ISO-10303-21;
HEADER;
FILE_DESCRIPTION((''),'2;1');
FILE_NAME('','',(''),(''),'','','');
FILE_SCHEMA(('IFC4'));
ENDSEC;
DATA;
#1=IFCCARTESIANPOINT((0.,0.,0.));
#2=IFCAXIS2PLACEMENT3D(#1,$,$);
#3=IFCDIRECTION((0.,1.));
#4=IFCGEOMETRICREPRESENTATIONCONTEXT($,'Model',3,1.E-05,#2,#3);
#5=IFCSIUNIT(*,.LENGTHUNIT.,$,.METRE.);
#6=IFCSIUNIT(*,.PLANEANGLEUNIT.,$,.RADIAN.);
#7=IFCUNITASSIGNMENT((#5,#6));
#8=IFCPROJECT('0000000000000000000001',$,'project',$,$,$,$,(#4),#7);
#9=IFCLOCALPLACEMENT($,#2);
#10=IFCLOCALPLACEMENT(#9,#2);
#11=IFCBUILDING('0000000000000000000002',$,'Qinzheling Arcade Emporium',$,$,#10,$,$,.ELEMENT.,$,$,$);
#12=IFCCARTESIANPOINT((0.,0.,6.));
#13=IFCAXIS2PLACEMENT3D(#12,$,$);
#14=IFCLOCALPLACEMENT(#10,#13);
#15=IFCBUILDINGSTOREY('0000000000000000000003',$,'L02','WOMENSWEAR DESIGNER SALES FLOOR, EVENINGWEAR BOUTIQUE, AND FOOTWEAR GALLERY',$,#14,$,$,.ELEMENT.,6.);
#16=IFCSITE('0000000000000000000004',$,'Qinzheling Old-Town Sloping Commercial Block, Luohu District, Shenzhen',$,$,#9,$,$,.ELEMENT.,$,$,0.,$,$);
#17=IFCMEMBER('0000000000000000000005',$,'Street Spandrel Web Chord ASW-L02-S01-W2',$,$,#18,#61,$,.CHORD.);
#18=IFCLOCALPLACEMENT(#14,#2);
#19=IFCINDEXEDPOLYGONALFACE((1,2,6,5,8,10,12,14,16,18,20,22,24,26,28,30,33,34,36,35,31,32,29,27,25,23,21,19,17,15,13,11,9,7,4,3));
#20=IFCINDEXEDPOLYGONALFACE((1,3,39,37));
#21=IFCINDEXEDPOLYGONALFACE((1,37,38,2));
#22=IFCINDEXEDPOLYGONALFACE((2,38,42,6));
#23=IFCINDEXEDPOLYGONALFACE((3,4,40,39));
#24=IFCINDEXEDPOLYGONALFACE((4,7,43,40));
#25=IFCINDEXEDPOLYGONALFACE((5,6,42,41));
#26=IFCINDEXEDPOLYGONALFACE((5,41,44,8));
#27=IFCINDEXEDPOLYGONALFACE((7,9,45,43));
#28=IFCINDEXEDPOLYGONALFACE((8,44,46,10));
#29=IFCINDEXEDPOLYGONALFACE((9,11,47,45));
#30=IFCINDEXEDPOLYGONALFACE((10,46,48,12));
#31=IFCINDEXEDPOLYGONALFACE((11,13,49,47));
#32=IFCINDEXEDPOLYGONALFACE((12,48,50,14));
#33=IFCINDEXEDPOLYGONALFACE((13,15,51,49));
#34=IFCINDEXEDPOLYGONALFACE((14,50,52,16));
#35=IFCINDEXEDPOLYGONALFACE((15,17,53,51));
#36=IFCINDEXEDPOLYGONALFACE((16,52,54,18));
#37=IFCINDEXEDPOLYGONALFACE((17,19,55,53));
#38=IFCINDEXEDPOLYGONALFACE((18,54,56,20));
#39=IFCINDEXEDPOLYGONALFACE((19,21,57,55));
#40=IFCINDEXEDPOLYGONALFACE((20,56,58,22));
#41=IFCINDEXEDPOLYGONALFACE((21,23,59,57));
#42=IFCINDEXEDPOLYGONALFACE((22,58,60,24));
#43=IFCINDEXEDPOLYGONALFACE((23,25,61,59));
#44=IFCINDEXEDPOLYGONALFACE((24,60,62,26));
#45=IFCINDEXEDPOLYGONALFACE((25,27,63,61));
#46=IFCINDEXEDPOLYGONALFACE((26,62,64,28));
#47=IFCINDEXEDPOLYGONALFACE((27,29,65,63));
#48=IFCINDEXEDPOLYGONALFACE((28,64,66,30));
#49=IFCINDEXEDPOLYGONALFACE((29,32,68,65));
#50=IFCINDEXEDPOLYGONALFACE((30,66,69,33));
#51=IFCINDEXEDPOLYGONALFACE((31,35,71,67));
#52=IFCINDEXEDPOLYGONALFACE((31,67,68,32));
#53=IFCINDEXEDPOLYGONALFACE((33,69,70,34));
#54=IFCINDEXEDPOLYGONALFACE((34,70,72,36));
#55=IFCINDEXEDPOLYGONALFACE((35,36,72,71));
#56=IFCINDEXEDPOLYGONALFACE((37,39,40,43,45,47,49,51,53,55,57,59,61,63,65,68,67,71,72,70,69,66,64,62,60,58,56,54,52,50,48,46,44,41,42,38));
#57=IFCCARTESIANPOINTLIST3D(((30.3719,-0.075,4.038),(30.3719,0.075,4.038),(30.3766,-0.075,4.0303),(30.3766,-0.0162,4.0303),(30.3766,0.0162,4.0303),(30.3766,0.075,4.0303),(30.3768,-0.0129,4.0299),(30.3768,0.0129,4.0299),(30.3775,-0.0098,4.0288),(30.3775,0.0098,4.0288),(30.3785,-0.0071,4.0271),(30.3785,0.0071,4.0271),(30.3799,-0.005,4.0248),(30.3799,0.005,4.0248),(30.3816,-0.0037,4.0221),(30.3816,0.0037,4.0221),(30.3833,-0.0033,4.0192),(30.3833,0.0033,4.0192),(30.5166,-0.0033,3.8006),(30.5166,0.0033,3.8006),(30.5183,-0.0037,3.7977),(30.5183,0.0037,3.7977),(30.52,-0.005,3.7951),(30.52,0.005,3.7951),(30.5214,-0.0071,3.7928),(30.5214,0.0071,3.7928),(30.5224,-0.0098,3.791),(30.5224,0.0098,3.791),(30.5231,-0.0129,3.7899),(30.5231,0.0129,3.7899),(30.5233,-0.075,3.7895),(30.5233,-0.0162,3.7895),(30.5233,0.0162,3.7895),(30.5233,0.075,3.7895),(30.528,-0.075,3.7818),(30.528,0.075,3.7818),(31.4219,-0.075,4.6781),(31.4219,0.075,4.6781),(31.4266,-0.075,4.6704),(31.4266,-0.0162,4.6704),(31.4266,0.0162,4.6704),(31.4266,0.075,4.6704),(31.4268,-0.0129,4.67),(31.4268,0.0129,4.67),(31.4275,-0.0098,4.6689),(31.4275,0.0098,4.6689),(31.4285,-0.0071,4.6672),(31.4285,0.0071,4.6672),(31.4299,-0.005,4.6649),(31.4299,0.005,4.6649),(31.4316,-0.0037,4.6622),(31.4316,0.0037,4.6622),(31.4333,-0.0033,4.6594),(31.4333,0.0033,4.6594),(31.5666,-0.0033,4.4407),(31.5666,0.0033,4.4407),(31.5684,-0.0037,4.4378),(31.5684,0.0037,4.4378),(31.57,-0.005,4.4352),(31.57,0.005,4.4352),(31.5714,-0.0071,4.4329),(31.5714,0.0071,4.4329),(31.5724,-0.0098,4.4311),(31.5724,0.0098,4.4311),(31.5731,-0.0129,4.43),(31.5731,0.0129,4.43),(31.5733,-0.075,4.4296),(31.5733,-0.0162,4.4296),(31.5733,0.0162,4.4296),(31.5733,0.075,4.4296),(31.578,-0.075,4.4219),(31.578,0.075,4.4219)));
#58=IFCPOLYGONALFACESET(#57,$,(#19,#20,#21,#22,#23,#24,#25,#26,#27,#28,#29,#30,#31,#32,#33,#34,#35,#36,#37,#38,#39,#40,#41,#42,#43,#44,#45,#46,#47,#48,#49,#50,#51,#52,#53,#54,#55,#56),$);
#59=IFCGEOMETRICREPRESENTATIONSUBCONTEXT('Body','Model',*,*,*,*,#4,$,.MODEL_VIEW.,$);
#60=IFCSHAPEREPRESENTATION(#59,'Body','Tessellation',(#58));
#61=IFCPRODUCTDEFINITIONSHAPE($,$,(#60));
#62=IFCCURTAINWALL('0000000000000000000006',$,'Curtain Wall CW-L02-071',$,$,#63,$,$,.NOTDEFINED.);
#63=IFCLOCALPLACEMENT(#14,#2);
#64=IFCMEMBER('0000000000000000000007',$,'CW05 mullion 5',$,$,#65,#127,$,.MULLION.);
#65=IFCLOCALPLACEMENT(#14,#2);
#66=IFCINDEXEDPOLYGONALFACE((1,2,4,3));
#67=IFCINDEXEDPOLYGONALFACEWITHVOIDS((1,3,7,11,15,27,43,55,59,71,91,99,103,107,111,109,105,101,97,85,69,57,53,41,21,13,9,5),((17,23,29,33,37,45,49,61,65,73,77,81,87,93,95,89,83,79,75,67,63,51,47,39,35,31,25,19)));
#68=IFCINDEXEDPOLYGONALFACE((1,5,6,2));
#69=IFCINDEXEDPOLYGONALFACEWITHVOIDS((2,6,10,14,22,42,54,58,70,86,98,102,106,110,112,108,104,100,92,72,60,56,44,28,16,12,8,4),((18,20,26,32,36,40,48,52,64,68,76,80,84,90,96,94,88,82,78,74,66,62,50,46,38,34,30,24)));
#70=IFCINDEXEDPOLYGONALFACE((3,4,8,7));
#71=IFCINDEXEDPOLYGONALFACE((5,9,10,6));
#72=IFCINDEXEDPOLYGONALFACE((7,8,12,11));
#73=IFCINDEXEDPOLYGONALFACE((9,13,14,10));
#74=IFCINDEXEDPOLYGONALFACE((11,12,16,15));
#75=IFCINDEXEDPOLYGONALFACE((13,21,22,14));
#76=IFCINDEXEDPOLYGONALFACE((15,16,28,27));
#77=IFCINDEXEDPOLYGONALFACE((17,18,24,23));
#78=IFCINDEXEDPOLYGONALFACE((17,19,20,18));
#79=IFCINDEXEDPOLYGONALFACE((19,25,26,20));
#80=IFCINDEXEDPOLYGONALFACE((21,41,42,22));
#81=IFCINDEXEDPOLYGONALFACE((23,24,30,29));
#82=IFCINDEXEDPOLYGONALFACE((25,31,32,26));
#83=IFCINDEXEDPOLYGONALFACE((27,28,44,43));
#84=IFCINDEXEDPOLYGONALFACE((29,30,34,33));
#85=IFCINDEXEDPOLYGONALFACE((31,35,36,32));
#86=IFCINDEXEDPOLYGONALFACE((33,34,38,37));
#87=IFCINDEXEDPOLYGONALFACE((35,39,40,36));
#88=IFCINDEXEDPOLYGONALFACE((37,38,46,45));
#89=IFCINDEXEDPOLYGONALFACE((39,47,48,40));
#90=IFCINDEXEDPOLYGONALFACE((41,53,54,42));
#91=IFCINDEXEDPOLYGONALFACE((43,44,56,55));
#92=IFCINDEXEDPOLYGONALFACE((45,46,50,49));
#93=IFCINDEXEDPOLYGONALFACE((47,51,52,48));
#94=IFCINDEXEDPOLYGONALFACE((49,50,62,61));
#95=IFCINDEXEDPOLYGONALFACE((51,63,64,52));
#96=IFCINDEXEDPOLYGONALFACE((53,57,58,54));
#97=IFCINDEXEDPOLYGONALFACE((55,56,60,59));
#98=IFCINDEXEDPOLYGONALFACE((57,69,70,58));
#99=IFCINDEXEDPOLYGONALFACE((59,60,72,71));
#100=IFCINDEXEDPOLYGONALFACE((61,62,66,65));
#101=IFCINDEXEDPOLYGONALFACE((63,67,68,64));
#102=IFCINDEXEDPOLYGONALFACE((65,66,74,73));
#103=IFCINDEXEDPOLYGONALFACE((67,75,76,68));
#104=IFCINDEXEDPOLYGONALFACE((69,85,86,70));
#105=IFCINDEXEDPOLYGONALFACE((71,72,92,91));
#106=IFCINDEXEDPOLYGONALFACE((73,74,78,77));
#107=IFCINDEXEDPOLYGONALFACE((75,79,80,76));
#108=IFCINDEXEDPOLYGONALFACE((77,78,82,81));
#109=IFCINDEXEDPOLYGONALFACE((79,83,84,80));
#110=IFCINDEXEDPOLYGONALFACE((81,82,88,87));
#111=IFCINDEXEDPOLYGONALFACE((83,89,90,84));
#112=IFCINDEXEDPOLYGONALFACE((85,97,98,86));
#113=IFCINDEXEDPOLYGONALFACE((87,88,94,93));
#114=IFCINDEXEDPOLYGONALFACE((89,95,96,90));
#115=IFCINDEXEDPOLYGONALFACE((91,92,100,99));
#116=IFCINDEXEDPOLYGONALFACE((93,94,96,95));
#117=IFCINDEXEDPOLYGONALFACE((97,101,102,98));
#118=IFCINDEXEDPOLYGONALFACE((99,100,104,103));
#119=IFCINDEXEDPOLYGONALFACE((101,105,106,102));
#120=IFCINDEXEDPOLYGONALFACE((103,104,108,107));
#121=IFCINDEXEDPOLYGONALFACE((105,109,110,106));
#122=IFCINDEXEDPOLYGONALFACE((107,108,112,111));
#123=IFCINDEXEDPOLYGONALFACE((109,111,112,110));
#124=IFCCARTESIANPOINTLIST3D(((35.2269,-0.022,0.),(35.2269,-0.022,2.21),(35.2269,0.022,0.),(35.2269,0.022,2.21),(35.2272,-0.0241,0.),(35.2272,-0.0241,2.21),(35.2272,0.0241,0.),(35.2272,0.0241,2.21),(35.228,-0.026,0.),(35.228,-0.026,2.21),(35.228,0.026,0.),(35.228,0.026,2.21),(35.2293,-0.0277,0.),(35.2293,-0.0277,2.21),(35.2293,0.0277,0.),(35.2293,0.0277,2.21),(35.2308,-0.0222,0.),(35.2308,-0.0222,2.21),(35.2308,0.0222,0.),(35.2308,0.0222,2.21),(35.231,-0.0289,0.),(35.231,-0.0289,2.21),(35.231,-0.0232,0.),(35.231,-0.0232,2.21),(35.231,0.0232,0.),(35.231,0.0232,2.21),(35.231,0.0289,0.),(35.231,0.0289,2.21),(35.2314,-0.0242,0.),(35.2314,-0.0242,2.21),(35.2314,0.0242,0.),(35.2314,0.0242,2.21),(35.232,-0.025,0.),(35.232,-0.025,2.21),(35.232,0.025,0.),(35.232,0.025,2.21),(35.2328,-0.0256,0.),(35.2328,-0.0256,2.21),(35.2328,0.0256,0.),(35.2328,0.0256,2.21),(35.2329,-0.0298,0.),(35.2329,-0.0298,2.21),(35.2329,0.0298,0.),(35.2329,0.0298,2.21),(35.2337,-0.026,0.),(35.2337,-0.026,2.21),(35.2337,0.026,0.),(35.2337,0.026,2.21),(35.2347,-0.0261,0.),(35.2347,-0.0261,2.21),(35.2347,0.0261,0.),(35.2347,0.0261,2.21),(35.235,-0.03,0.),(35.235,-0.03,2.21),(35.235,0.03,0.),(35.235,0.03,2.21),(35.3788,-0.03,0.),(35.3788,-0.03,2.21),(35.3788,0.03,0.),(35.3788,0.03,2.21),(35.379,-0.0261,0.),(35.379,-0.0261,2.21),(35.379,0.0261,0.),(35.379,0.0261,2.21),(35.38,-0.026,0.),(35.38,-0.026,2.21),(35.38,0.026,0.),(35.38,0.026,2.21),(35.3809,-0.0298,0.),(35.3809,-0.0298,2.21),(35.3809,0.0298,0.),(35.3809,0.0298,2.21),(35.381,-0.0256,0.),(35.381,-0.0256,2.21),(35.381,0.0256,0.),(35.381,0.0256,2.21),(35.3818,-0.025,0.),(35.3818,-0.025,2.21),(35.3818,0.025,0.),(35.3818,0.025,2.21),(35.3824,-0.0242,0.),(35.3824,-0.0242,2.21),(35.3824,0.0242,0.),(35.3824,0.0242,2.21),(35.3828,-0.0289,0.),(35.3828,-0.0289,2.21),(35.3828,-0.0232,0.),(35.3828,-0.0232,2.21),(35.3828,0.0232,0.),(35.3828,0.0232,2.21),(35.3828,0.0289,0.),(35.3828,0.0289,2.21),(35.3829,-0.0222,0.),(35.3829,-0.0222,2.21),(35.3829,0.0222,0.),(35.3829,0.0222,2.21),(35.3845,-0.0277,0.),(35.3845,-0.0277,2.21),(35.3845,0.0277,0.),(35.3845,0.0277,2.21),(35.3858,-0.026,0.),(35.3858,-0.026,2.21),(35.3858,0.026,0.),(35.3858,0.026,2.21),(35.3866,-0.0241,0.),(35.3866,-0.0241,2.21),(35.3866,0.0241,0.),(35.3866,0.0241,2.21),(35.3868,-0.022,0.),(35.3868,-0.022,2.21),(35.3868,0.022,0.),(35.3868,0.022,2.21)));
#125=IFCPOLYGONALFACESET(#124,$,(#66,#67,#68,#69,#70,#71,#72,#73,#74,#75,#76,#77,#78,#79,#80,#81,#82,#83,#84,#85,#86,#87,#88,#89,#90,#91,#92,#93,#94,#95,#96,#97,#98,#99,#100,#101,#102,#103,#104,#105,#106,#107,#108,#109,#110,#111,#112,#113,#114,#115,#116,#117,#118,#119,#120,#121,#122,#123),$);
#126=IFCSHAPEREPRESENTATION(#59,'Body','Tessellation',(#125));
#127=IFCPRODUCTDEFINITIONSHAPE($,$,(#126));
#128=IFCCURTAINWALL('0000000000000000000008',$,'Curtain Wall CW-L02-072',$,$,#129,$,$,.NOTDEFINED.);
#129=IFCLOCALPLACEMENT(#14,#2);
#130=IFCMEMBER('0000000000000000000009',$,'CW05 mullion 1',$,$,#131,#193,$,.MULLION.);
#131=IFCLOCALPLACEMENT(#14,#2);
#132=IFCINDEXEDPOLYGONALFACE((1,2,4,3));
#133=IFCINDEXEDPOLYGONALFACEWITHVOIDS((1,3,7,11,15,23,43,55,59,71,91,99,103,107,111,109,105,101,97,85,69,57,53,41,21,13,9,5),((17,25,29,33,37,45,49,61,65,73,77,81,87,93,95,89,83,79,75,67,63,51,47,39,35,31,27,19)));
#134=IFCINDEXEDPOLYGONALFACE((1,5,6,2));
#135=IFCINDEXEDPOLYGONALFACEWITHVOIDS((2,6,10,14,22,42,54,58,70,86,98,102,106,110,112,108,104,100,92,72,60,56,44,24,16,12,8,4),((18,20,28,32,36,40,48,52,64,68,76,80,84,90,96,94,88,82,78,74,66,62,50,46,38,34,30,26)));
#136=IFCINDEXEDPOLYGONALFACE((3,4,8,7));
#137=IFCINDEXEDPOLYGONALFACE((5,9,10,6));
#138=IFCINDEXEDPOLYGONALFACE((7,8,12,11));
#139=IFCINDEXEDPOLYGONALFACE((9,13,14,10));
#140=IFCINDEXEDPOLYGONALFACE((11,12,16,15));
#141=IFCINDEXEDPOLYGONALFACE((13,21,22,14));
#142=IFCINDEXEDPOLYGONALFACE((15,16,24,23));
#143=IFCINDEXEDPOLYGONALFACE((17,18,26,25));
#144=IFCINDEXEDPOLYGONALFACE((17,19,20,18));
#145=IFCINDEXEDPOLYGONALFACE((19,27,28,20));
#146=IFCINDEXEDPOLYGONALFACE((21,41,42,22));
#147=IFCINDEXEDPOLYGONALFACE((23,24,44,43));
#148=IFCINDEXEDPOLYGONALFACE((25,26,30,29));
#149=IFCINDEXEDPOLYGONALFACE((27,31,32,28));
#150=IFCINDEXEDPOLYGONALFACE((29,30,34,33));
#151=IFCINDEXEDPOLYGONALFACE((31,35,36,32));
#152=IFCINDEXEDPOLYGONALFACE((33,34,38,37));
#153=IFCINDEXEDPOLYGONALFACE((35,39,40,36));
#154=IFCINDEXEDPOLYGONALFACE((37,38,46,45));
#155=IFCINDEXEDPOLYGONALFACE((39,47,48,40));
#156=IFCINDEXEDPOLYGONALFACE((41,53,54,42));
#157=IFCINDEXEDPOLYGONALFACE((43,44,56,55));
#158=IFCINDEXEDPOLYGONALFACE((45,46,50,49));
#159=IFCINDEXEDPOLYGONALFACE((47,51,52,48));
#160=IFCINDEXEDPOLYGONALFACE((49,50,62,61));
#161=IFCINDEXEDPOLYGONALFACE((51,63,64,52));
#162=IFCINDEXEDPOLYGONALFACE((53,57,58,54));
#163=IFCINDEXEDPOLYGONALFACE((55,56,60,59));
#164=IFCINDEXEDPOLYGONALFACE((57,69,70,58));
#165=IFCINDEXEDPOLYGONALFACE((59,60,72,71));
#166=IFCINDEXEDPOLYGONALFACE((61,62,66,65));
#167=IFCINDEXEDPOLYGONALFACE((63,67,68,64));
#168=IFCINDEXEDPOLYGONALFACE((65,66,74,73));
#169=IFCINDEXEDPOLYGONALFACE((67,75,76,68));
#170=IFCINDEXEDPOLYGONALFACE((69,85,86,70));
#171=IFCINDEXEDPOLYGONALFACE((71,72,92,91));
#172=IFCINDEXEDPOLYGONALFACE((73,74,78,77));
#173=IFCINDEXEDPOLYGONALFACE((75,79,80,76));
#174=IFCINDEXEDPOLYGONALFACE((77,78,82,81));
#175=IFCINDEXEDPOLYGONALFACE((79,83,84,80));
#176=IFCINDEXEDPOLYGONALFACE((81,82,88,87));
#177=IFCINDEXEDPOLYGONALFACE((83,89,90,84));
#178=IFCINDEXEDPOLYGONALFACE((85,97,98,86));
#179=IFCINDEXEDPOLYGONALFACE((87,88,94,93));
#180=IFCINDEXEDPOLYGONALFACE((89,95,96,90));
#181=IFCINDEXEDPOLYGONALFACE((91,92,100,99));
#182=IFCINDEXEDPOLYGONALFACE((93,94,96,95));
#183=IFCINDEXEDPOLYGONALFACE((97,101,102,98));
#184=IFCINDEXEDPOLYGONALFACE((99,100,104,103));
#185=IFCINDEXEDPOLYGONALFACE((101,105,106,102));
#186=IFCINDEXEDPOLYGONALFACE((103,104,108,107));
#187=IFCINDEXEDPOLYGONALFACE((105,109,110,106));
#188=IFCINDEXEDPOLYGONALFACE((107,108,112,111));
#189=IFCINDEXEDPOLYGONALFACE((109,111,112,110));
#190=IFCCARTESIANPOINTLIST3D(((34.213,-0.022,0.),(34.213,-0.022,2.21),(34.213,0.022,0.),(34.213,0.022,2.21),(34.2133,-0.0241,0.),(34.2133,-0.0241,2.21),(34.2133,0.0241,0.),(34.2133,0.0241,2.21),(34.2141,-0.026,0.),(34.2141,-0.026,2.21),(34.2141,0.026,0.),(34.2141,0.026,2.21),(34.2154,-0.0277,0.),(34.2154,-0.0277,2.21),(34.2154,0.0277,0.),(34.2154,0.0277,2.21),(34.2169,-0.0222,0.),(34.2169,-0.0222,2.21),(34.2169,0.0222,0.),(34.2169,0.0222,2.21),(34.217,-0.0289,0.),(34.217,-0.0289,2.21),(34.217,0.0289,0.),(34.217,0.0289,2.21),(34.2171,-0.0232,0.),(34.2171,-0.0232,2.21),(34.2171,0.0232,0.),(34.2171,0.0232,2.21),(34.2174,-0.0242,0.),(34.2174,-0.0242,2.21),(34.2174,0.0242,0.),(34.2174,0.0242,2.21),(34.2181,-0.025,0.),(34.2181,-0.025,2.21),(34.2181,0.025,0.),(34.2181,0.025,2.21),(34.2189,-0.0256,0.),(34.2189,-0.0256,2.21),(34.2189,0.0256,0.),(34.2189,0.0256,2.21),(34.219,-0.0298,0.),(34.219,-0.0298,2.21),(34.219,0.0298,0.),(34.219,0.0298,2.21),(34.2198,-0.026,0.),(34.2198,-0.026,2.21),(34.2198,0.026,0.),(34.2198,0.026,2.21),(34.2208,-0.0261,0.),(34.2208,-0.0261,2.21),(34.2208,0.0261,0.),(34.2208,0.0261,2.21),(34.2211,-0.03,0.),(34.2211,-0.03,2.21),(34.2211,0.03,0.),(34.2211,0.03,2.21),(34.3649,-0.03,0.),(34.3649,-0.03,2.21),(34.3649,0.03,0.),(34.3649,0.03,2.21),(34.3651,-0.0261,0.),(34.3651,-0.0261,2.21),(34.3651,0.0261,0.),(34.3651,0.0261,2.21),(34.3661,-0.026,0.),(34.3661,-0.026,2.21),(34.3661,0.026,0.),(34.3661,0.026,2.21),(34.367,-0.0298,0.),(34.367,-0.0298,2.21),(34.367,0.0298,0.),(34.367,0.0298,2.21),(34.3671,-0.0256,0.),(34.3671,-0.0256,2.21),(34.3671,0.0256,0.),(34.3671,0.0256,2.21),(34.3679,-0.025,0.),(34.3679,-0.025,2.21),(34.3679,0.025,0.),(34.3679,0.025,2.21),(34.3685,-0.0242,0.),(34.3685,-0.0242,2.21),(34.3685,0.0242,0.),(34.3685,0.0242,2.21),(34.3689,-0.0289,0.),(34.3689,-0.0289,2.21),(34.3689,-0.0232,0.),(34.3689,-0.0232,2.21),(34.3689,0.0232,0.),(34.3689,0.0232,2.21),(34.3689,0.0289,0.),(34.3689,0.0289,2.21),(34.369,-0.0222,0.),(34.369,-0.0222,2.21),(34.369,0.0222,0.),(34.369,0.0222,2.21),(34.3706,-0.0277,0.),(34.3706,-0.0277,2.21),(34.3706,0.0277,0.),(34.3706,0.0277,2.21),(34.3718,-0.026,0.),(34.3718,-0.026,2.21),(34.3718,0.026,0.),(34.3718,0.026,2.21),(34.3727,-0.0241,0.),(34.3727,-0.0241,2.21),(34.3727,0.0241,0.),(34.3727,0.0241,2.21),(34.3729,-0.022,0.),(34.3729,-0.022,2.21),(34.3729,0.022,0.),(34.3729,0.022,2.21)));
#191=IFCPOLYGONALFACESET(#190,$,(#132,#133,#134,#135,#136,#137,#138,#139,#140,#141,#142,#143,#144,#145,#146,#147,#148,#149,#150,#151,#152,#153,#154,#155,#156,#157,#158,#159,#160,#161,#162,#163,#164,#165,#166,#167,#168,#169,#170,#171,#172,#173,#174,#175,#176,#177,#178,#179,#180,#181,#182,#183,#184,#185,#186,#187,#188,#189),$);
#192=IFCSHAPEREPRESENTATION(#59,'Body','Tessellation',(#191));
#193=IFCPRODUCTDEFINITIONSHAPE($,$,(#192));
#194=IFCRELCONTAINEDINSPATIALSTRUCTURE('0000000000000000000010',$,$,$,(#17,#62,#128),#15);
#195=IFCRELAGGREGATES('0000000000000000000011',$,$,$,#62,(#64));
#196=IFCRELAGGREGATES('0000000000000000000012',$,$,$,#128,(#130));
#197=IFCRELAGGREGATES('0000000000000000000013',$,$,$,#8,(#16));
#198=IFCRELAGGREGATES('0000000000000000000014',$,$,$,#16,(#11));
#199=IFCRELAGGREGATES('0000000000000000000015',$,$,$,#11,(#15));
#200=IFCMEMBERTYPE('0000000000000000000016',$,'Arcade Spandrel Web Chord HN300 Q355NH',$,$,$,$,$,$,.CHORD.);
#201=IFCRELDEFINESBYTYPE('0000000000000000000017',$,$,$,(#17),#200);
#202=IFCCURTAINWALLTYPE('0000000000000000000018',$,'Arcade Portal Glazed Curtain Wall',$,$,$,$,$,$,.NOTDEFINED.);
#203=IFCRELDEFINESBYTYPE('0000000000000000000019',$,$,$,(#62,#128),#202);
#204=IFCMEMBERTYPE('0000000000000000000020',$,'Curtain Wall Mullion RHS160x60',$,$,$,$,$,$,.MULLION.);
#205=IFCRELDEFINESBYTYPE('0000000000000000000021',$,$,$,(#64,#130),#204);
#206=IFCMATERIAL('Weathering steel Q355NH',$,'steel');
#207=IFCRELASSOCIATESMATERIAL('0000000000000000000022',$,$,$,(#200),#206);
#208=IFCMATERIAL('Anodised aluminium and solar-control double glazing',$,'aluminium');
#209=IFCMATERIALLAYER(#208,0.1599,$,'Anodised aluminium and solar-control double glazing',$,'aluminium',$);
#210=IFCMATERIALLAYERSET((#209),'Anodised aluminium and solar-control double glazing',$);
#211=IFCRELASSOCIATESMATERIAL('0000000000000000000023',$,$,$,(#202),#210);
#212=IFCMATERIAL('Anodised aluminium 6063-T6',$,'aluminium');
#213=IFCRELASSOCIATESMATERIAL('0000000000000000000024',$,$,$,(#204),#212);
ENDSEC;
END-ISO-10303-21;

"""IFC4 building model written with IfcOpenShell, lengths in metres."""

from ifc_helpers import new_model, si_unit, direction, frame, origin, origin_2d, place, context, subcontext, project, spatial, hollow_rectangle, i_section, extrude, material, layer, layer_set, material_profile, profile_set, type_object, element, aggregate, save


model = new_model("IFC4")

# Units and contexts
model_context = context("Model", 3, precision=1e-05, world=origin(), true_north=direction((0.0, 1.0)))
body_context = subcontext(model_context, "Body", "Model", "MODEL_VIEW")
ifc_project = project(units=[si_unit("LENGTHUNIT", "METRE"), si_unit("PLANEANGLEUNIT", "RADIAN")], contexts=[model_context])

# Site, building, storey
site_placement = place(None, origin())
site = spatial("IfcSite", under=ifc_project, at=site_placement, Name="Qinzheling Old-Town Sloping Commercial Block, Luohu District, Shenzhen", CompositionType="ELEMENT", RefElevation=0.0)
building_placement = place(site_placement, origin())
building = spatial("IfcBuilding", under=site, at=building_placement, Name="Qinzheling Arcade Emporium", CompositionType="ELEMENT")
storey_placement = place(building_placement, frame((0.0, 0.0, 6.0)))
storey = spatial("IfcBuildingStorey", under=building, at=storey_placement, Name="L02", Description="WOMENSWEAR DESIGNER SALES FLOOR, EVENINGWEAR BOUTIQUE, AND FOOTWEAR GALLERY", CompositionType="ELEMENT", Elevation=6.0)

# Shared definitions
ifc_material_1 = material(Name="Weathering steel Q355NH", Category="steel")

# Member
ifc_material_profile_1 = material_profile(ifc_material_1, i_section(OverallWidth=0.1499, OverallDepth=0.3, WebThickness=0.0066, FlangeThickness=0.009, FilletRadius=0.0129, at=origin_2d()), Name="HN 300x150x6.5x9", Category="steel")
ifc_profile_set_1 = profile_set([ifc_material_profile_1], Name="Weathering steel Q355NH")
member_type_1 = type_object("IfcMemberType", Name="Arcade Spandrel Web Chord HN300 Q355NH", PredefinedType="CHORD", material=ifc_profile_set_1)
member_1_placement = place(storey_placement, frame((30.45, 0.0, 3.9099), z_axis=(0.853846, 0.0, 0.520526), x_axis=(0.0, 1.0, 0.0)))
element("IfcMember", 1, at=member_1_placement, inside=storey, type_object=member_type_1, Name="Street Spandrel Web Chord ASW-L02-S01-W2", PredefinedType="CHORD", context=body_context, shape_type="SweptSolid", body=[
    extrude(i_section(OverallWidth=0.1499, OverallDepth=0.3, WebThickness=0.0066, FlangeThickness=0.009, FilletRadius=0.0129, at=origin_2d()), origin(), (0.0, 0.0, 1.0), 1.2297),
])

# Curtain wall, member
ifc_material_2 = material(Name="Anodised aluminium and solar-control double glazing", Category="aluminium")
ifc_layer_1 = layer(ifc_material_2, 0.1599, Name="Anodised aluminium and solar-control double glazing", Category="aluminium")
ifc_layer_set_1 = layer_set([ifc_layer_1], Name="Anodised aluminium and solar-control double glazing")
curtain_wall_type = type_object("IfcCurtainWallType", Name="Arcade Portal Glazed Curtain Wall", PredefinedType="NOTDEFINED", material=ifc_layer_set_1)
curtain_wall_1_placement = place(storey_placement, origin())
curtain_wall_1 = element("IfcCurtainWall", 2, at=curtain_wall_1_placement, inside=storey, type_object=curtain_wall_type, Name="Curtain Wall CW-L02-071", PredefinedType="NOTDEFINED")
ifc_material_3 = material(Name="Anodised aluminium 6063-T6", Category="aluminium")
ifc_material_profile_2 = material_profile(ifc_material_3, hollow_rectangle(XDim=0.0601, YDim=0.1599, WallThickness=0.0039, InnerFilletRadius=0.0039, OuterFilletRadius=0.0081, at=origin_2d()), Name="RHS 160x60x4", Category="aluminium")
ifc_profile_set_2 = profile_set([ifc_material_profile_2], Name="Anodised aluminium 6063-T6")
member_type_2 = type_object("IfcMemberType", Name="Curtain Wall Mullion RHS160x60", PredefinedType="MULLION", material=ifc_profile_set_2)
member_2_placement = place(storey_placement, frame((35.3069, 0.0, 0.0), z_axis=(0.0, 0.0, 1.0), x_axis=(0.0, -1.0, 0.0)))
member_2 = element("IfcMember", 3, at=member_2_placement, type_object=member_type_2, Name="CW05 mullion 5", PredefinedType="MULLION", context=body_context, shape_type="SweptSolid", body=[
    extrude(hollow_rectangle(XDim=0.0601, YDim=0.1599, WallThickness=0.0039, InnerFilletRadius=0.0039, OuterFilletRadius=0.0081, at=origin_2d()), origin(), (0.0, 0.0, 1.0), 2.21),
])
aggregate(curtain_wall_1, [member_2])

# Curtain wall, member
curtain_wall_2_placement = place(storey_placement, origin())
curtain_wall_2 = element("IfcCurtainWall", 4, at=curtain_wall_2_placement, inside=storey, type_object=curtain_wall_type, Name="Curtain Wall CW-L02-072", PredefinedType="NOTDEFINED")
member_3_placement = place(storey_placement, frame((34.293, 0.0, 0.0), z_axis=(0.0, 0.0, 1.0), x_axis=(0.0, -1.0, 0.0)))
member_3 = element("IfcMember", 5, at=member_3_placement, type_object=member_type_2, Name="CW05 mullion 1", PredefinedType="MULLION", context=body_context, shape_type="SweptSolid", body=[
    extrude(hollow_rectangle(XDim=0.0601, YDim=0.1599, WallThickness=0.0039, InnerFilletRadius=0.0039, OuterFilletRadius=0.0081, at=origin_2d()), origin(), (0.0, 0.0, 1.0), 2.21),
])

aggregate(curtain_wall_2, [member_3])

save(model, "model.ifc")
